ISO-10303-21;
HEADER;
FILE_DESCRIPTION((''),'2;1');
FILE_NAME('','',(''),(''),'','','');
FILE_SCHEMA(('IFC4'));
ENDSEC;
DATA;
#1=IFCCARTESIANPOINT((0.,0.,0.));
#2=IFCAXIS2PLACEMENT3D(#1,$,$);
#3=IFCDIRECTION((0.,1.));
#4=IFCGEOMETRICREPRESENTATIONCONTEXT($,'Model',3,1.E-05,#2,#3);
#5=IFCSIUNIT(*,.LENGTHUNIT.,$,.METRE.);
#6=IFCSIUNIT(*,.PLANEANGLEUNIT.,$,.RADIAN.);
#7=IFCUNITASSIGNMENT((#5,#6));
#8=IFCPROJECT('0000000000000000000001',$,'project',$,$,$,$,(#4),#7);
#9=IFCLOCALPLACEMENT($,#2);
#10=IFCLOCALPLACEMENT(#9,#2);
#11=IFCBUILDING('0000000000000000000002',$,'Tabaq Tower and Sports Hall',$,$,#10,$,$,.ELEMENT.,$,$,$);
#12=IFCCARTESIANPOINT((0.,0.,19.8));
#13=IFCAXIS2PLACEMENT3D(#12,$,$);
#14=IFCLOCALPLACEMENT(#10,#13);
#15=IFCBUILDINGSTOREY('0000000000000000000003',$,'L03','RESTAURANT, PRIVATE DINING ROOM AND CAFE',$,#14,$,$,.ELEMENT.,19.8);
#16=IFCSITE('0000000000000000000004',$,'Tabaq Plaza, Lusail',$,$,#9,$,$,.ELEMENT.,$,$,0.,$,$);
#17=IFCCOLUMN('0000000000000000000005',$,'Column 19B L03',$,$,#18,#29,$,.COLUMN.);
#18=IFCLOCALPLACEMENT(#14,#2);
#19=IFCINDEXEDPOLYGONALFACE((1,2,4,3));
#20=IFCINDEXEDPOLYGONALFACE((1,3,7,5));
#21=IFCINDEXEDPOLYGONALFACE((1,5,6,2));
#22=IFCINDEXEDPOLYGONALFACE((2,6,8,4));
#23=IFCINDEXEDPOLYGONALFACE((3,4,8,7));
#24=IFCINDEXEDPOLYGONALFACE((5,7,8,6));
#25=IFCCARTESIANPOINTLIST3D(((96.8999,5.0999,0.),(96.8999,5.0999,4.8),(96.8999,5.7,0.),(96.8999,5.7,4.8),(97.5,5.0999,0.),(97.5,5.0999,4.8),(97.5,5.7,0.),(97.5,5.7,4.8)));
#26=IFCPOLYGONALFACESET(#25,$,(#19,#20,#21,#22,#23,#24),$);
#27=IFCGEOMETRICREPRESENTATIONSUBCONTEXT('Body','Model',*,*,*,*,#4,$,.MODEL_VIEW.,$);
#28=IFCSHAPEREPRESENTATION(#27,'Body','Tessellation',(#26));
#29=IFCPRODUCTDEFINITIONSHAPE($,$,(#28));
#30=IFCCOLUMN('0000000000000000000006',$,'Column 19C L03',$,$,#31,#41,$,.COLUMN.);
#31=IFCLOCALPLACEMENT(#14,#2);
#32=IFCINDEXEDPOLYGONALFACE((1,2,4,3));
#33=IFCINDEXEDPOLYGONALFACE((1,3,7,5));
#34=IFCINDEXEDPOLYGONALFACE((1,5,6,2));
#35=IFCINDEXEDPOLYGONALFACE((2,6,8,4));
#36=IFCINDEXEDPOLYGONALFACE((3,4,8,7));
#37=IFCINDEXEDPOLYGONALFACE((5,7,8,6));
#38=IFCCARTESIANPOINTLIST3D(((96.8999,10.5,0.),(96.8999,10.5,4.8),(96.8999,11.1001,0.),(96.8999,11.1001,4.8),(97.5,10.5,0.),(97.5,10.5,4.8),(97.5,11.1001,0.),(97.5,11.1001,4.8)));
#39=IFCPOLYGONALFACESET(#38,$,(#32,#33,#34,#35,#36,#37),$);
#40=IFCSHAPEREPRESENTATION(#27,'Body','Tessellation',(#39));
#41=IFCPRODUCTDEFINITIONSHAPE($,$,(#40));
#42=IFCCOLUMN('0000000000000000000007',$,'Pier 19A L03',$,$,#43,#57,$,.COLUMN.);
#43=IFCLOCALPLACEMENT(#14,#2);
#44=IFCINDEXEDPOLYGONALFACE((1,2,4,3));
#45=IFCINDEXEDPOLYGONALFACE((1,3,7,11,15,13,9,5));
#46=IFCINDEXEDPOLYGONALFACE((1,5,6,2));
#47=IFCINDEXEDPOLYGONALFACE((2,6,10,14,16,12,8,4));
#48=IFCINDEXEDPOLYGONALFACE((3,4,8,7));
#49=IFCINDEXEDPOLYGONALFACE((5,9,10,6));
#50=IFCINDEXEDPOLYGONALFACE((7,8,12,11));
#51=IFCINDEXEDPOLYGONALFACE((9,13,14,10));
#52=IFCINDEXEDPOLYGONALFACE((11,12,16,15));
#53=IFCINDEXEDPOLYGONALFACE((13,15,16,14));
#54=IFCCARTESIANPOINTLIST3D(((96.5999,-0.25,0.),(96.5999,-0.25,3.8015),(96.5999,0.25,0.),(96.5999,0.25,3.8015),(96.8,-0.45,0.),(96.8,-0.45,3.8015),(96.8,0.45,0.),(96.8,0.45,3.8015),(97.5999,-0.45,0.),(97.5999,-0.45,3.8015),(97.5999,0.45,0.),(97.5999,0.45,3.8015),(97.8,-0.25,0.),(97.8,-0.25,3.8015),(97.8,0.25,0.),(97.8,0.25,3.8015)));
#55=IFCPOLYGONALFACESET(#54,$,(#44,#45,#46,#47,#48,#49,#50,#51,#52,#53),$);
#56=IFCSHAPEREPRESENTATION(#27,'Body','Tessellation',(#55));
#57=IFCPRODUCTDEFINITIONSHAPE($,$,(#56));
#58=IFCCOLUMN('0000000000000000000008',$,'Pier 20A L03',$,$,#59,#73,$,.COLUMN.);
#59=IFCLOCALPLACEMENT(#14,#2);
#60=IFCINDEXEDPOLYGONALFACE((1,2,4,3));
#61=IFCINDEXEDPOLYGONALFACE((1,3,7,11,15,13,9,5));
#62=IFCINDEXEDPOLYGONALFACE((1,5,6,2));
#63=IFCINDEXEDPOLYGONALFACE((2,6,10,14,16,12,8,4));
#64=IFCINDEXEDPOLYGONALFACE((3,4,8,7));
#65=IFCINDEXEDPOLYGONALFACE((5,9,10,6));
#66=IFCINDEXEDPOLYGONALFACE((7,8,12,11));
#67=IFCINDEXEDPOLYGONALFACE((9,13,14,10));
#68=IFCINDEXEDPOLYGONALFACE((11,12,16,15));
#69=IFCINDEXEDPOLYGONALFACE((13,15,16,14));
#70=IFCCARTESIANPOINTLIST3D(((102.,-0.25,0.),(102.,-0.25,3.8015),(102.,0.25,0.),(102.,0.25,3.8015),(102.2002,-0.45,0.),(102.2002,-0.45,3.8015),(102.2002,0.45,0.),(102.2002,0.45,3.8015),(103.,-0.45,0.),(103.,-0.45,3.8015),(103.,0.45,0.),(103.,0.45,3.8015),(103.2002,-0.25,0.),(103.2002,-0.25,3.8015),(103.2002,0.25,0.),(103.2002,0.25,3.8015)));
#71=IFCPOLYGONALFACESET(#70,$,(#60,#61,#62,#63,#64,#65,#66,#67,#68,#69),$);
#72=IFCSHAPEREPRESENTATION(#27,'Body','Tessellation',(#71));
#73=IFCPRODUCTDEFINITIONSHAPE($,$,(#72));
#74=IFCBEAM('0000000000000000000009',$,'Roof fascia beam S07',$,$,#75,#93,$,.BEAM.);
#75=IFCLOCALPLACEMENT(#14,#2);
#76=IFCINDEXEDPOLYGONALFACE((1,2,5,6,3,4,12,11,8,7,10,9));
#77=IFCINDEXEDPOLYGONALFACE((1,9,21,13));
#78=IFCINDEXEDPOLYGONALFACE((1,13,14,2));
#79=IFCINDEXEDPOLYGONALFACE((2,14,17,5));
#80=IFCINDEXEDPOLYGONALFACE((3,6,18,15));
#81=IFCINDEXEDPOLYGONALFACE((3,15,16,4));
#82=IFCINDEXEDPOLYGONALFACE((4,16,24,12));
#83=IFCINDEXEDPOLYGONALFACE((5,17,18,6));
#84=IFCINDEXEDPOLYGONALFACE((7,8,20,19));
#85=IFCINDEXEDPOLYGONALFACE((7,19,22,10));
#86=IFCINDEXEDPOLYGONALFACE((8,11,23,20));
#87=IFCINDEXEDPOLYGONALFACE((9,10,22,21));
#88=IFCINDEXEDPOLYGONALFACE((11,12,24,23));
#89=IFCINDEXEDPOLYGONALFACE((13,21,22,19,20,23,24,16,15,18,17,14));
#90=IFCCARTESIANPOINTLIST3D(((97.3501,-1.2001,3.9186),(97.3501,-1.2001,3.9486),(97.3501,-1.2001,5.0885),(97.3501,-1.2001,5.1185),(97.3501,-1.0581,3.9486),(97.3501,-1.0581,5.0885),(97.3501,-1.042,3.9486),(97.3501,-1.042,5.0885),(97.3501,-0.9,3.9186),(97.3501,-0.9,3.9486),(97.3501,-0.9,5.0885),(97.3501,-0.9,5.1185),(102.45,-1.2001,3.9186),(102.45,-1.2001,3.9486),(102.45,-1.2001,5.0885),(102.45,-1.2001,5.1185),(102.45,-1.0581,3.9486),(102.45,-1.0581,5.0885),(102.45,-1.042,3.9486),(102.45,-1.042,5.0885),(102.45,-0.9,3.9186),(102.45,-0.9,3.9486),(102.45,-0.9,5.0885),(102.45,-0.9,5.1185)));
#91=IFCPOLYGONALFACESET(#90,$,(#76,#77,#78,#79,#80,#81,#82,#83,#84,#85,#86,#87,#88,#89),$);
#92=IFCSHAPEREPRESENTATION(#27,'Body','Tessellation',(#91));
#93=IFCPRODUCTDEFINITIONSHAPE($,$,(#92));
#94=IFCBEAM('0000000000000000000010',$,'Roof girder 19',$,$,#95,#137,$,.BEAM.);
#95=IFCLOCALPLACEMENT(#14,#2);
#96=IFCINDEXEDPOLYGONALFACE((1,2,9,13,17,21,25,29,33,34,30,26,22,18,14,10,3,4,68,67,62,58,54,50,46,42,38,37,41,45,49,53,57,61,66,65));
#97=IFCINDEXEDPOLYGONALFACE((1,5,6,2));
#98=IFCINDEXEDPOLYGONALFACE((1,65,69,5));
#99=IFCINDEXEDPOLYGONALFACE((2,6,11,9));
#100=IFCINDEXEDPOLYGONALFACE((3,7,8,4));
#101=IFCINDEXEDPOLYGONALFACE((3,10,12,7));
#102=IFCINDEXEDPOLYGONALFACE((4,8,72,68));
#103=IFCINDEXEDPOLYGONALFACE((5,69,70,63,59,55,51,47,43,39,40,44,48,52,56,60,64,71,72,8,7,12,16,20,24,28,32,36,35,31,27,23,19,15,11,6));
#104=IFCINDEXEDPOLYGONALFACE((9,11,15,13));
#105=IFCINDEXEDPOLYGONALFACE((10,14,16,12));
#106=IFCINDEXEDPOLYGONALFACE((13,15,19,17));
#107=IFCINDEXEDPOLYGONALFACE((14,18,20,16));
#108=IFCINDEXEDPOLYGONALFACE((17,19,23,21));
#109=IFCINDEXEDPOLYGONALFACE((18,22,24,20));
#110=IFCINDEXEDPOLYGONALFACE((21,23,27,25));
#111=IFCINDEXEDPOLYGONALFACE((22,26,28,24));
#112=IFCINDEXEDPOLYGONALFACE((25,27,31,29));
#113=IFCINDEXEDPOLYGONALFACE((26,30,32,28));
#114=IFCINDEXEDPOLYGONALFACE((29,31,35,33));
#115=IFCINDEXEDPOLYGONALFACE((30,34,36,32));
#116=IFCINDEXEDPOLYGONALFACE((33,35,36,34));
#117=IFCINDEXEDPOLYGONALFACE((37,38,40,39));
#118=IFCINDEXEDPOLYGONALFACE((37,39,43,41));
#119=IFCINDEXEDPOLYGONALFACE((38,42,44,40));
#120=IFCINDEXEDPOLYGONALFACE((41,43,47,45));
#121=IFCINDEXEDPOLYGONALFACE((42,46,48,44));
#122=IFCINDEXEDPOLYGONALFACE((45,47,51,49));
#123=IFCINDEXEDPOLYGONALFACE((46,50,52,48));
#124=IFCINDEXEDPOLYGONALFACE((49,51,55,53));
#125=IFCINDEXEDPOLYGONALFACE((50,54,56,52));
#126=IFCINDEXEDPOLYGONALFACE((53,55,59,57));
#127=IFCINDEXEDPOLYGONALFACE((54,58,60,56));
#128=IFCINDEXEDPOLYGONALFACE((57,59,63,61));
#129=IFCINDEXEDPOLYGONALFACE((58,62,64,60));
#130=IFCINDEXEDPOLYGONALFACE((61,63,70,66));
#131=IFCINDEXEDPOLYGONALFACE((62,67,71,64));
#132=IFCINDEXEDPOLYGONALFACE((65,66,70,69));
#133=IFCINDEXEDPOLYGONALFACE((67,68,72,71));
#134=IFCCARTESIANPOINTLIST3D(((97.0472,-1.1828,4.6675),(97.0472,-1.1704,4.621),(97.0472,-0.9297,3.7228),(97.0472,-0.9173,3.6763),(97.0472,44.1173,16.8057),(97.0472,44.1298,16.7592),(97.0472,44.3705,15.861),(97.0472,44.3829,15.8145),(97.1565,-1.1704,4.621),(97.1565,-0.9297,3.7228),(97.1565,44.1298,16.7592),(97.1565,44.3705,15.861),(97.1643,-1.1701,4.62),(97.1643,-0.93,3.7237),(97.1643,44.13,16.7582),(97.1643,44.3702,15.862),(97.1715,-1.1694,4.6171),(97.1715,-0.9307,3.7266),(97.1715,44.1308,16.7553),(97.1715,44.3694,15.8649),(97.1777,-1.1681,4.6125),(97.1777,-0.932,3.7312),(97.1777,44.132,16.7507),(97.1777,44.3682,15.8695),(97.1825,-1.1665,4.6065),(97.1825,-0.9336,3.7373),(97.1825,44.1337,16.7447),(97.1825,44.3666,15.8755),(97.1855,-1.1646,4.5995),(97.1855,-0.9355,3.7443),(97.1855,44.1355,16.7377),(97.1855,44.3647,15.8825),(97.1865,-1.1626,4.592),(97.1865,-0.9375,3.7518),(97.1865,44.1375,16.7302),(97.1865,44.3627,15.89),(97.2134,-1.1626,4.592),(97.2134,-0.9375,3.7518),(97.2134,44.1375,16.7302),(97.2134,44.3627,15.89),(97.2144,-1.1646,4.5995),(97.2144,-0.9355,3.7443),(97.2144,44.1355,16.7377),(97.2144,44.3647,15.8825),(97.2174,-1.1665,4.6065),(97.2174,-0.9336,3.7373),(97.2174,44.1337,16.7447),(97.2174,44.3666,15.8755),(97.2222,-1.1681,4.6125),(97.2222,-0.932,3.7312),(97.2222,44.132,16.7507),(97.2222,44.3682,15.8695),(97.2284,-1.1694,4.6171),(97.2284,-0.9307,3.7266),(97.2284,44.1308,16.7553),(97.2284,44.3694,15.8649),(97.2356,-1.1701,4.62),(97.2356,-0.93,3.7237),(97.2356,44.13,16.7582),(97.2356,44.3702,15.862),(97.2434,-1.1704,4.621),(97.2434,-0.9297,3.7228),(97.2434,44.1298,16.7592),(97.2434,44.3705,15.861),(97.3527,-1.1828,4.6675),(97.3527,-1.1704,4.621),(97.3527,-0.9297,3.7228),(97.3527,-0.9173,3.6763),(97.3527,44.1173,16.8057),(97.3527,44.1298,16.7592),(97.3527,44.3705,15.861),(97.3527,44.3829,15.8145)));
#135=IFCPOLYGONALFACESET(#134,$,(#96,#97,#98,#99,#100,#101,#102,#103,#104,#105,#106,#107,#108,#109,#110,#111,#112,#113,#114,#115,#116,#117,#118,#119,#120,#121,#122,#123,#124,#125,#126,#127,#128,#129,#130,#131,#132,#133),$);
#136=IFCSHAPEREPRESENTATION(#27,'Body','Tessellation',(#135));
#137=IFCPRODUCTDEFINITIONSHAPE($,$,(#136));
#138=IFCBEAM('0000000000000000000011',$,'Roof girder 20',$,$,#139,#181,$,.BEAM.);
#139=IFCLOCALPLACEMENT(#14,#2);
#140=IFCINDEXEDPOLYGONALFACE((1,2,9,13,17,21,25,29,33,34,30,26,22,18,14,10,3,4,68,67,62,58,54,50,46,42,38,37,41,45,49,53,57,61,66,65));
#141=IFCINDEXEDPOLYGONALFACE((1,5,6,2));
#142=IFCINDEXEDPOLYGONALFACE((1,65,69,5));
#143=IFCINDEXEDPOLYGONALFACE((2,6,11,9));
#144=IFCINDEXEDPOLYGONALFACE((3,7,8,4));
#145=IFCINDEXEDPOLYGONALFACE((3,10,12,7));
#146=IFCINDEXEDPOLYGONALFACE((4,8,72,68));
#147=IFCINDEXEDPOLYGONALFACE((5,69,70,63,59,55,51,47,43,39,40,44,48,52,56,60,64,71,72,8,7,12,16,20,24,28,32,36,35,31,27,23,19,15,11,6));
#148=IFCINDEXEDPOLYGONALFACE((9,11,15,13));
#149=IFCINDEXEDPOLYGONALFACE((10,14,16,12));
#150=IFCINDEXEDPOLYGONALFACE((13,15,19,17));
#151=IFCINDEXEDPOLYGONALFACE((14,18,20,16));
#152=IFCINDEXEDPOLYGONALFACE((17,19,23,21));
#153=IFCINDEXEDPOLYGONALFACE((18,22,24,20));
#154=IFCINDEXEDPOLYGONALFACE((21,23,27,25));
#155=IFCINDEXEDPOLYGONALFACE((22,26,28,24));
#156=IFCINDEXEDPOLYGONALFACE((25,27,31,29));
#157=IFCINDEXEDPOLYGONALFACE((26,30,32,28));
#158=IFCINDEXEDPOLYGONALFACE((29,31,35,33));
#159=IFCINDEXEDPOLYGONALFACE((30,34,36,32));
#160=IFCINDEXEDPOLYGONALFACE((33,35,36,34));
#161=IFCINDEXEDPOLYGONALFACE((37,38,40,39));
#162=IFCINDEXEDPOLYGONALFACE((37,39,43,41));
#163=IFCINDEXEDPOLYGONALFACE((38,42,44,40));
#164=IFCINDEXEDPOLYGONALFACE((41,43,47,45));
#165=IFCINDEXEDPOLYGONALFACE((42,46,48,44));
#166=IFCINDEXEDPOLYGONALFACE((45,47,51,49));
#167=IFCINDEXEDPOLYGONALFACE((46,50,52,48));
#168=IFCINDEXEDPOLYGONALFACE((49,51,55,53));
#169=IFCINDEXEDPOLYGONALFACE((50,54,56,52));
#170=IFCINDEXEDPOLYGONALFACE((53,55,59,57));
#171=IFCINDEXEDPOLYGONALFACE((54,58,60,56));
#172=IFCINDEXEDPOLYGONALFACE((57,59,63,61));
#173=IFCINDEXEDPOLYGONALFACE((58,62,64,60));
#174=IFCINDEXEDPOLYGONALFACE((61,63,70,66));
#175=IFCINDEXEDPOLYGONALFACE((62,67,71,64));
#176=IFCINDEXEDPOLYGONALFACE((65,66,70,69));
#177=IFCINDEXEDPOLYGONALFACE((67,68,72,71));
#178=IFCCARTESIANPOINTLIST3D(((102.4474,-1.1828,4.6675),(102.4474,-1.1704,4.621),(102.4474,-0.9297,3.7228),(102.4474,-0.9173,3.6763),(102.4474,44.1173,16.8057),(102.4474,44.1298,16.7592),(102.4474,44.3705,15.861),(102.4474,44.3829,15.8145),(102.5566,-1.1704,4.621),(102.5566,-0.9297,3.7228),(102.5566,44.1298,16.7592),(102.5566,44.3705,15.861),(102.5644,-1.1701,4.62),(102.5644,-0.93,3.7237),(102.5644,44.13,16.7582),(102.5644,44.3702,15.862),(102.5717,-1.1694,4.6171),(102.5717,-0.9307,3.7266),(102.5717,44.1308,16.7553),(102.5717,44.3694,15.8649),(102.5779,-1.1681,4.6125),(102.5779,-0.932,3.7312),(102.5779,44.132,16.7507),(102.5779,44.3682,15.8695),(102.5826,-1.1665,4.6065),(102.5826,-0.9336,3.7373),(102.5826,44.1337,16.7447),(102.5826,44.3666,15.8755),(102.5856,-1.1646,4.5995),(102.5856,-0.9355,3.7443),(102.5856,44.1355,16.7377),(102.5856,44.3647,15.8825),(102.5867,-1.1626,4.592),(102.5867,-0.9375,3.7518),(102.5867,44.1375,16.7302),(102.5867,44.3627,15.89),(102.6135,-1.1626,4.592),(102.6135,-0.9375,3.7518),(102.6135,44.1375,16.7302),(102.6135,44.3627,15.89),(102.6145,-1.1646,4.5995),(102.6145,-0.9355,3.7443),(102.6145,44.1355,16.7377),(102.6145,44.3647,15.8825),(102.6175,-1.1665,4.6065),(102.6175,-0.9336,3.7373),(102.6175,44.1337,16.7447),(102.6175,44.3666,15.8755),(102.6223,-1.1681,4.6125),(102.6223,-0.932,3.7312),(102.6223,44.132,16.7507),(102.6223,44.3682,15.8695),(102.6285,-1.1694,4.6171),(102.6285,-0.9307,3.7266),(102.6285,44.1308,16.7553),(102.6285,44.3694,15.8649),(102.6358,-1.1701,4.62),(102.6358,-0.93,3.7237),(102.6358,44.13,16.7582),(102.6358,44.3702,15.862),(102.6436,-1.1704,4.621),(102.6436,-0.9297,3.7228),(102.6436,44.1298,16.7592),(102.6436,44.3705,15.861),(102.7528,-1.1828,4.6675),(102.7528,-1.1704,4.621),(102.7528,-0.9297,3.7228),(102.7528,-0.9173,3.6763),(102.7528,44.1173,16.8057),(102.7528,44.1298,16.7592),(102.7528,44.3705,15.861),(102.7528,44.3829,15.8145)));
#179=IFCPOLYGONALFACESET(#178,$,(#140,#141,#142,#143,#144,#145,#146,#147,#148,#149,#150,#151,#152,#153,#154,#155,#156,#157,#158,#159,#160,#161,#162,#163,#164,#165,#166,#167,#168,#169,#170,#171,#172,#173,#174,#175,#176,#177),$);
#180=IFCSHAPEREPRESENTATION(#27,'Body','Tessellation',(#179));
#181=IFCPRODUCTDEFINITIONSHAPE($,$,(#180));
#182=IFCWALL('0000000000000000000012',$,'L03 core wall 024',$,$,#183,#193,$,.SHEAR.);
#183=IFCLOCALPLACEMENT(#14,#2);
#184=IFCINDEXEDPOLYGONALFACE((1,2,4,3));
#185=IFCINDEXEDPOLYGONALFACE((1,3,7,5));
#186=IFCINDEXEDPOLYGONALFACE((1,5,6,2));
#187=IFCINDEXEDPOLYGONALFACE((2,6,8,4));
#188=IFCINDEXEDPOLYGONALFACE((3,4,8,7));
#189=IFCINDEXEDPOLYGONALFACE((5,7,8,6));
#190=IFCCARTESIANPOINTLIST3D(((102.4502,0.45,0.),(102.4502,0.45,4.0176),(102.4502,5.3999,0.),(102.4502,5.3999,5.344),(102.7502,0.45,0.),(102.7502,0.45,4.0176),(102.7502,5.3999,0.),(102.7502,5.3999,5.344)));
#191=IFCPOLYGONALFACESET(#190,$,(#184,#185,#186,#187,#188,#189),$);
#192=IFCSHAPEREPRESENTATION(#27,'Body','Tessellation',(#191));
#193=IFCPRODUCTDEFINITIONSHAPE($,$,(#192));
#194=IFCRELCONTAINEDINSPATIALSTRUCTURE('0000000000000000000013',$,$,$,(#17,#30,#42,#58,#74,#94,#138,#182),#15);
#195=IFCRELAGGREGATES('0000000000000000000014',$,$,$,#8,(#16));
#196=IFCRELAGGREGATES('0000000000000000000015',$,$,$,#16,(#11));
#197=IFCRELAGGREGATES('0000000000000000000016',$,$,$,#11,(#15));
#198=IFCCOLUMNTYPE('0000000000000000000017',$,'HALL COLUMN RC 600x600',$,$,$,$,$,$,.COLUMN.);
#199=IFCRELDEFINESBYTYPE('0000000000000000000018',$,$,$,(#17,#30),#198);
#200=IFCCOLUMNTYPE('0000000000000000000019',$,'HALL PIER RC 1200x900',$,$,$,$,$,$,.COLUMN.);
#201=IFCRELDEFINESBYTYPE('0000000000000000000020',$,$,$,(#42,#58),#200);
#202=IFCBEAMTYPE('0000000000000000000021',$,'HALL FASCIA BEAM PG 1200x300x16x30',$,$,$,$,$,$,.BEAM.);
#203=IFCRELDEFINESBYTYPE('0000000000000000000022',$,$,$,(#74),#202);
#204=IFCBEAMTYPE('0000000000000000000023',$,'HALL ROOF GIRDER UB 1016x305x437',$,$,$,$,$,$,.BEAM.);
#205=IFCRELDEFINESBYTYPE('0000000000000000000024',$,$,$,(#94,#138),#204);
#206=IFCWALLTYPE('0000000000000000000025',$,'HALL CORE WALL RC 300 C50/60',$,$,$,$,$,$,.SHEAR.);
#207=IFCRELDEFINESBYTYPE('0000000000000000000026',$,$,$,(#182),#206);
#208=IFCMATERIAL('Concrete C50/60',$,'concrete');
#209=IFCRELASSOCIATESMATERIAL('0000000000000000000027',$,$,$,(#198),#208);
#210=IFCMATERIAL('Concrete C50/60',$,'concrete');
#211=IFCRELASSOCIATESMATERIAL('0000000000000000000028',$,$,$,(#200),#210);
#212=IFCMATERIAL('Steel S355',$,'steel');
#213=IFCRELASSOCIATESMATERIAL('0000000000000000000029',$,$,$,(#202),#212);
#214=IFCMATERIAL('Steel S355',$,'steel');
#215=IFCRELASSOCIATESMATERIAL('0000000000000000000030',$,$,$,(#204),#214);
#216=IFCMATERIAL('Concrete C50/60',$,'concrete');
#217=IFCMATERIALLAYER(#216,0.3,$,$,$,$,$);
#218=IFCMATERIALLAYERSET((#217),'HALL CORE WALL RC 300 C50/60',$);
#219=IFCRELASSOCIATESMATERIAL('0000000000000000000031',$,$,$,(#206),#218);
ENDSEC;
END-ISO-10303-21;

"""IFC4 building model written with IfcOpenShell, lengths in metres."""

from ifc_helpers import new_model, si_unit, direction, frame, origin, origin_2d, place, context, subcontext, project, spatial, polyline, rectangle, i_section, outline, extrude, material, layer, layer_set, material_profile, profile_set, type_object, element, save


model = new_model("IFC4")

# Units and contexts
model_context = context("Model", 3, precision=1e-05, world=origin(), true_north=direction((0.0, 1.0)))
body_context = subcontext(model_context, "Body", "Model", "MODEL_VIEW")
ifc_project = project(units=[si_unit("LENGTHUNIT", "METRE"), si_unit("PLANEANGLEUNIT", "RADIAN")], contexts=[model_context])

# Site, building, storey
site_placement = place(None, origin())
site = spatial("IfcSite", under=ifc_project, at=site_placement, Name="Tabaq Plaza, Lusail", CompositionType="ELEMENT", RefElevation=0.0)
building_placement = place(site_placement, origin())
building = spatial("IfcBuilding", under=site, at=building_placement, Name="Tabaq Tower and Sports Hall", CompositionType="ELEMENT")
storey_placement = place(building_placement, frame((0.0, 0.0, 19.8)))
storey = spatial("IfcBuildingStorey", under=building, at=storey_placement, Name="L03", Description="RESTAURANT, PRIVATE DINING ROOM AND CAFE", CompositionType="ELEMENT", Elevation=19.8)

# Columns
ifc_material_1 = material(Name="Concrete C50/60", Category="concrete")
ifc_material_profile_1 = material_profile(ifc_material_1, rectangle(XDim=0.6001, YDim=0.6001, at=origin_2d()), Name="RC 600x600")
ifc_profile_set_1 = profile_set([ifc_material_profile_1], Name="Concrete C50/60")
column_type_1 = type_object("IfcColumnType", Name="HALL COLUMN RC 600x600", PredefinedType="COLUMN", material=ifc_profile_set_1)
for number, where, z_axis, x_axis, name in (
    (1, (97.2, 5.3999, 0.0), (0.0, 0.0, 1.0), (1.0, 0.0, 0.0), "Column 19B L03"),
    (2, (97.2, 10.8, 0.0), (0.0, 0.0, 1.0), (1.0, 0.0, 0.0), "Column 19C L03"),
):
    element("IfcColumn", number, at=place(storey_placement, frame(where, z_axis=z_axis, x_axis=x_axis)), inside=storey, type_object=column_type_1, Name=name, PredefinedType="COLUMN", context=body_context, shape_type="SweptSolid", body=[
        extrude(rectangle(XDim=0.6001, YDim=0.6001, at=origin_2d()), origin(), (0.0, 0.0, 1.0), 4.8),
    ])
ifc_material_2 = material(Name="Concrete C50/60", Category="concrete")
ifc_material_profile_2 = material_profile(ifc_material_2, outline(polyline([(-0.3999, -0.45), (0.3999, -0.45), (0.6001, -0.25), (0.6001, 0.25), (0.3999, 0.45), (-0.3999, 0.45), (-0.6001, 0.25), (-0.6001, -0.25), (-0.3999, -0.45)])), Name="PIER 1200x900")
ifc_profile_set_2 = profile_set([ifc_material_profile_2], Name="Concrete C50/60")
column_type_2 = type_object("IfcColumnType", Name="HALL PIER RC 1200x900", PredefinedType="COLUMN", material=ifc_profile_set_2)
for number, where, z_axis, x_axis, name in (
    (3, (97.2, 0.0, 0.0), (0.0, 0.0, 1.0), (1.0, 0.0, 0.0), "Pier 19A L03"),
    (4, (102.6001, 0.0, 0.0), (0.0, 0.0, 1.0), (1.0, 0.0, 0.0), "Pier 20A L03"),
):
    element("IfcColumn", number, at=place(storey_placement, frame(where, z_axis=z_axis, x_axis=x_axis)), inside=storey, type_object=column_type_2, Name=name, PredefinedType="COLUMN", context=body_context, shape_type="SweptSolid", body=[
        extrude(outline(polyline([(-0.3999, -0.45), (0.3999, -0.45), (0.6001, -0.25), (0.6001, 0.25), (0.3999, 0.45), (-0.3999, 0.45), (-0.6001, 0.25), (-0.6001, -0.25), (-0.3999, -0.45)])), origin(), (0.0, 0.0, 1.0), 3.8015),
    ])

# Beams
ifc_material_3 = material(Name="Steel S355", Category="steel")
ifc_material_profile_3 = material_profile(ifc_material_3, i_section(OverallWidth=0.3, OverallDepth=1.2, WebThickness=0.0161, FlangeThickness=0.03, at=origin_2d()), Name="PG 1200x300x16x30")
ifc_profile_set_3 = profile_set([ifc_material_profile_3], Name="Steel S355")
beam_type_1 = type_object("IfcBeamType", Name="HALL FASCIA BEAM PG 1200x300x16x30", PredefinedType="BEAM", material=ifc_profile_set_3)
beam_placement = place(storey_placement, frame((97.3501, -1.05, 4.5186), z_axis=(1.0, 0.0, 0.0), x_axis=(0.0, 1.0, 0.0)))
element("IfcBeam", 5, at=beam_placement, inside=storey, type_object=beam_type_1, Name="Roof fascia beam S07", PredefinedType="BEAM", context=body_context, shape_type="SweptSolid", body=[
    extrude(i_section(OverallWidth=0.3, OverallDepth=1.2, WebThickness=0.0161, FlangeThickness=0.03, at=origin_2d()), origin(), (0.0, 0.0, 1.0), 5.0999),
])
ifc_material_4 = material(Name="Steel S355", Category="steel")
ifc_material_profile_4 = material_profile(ifc_material_4, i_section(OverallWidth=0.3054, OverallDepth=1.0261, WebThickness=0.0269, FlangeThickness=0.0481, FilletRadius=0.03, at=origin_2d()), Name="UB 1016x305x437")
ifc_profile_set_4 = profile_set([ifc_material_profile_4], Name="Steel S355")
beam_type_2 = type_object("IfcBeamType", Name="HALL ROOF GIRDER UB 1016x305x437", PredefinedType="BEAM", material=ifc_profile_set_4)
for number, where, z_axis, x_axis, name in (
    (6, (97.2, -1.05, 4.1719), (0.0, 0.965925, 0.25882), (-1.0, 0.0, 0.0), "Roof girder 19"),
    (7, (102.6001, -1.05, 4.1719), (0.0, 0.965925, 0.25882), (-1.0, 0.0, 0.0), "Roof girder 20"),
):
    element("IfcBeam", number, at=place(storey_placement, frame(where, z_axis=z_axis, x_axis=x_axis)), inside=storey, type_object=beam_type_2, Name=name, PredefinedType="BEAM", context=body_context, shape_type="SweptSolid", body=[
        extrude(i_section(OverallWidth=0.3054, OverallDepth=1.0261, WebThickness=0.0269, FlangeThickness=0.0481, FilletRadius=0.03, at=origin_2d()), origin(), (0.0, 0.0, 1.0), 46.8982),
    ])

# Wall
ifc_material_5 = material(Name="Concrete C50/60", Category="concrete")
ifc_layer_1 = layer(ifc_material_5, 0.3)
ifc_layer_set_1 = layer_set([ifc_layer_1], Name="HALL CORE WALL RC 300 C50/60")
wall_type_1 = type_object("IfcWallType", Name="HALL CORE WALL RC 300 C50/60", PredefinedType="SHEAR", material=ifc_layer_set_1)
wall_1_placement = place(storey_placement, frame((102.6001, 0.45, 0.0), z_axis=(0.0, 0.0, 1.0), x_axis=(0.0, 1.0, 0.0)))
element("IfcWall", 8, at=wall_1_placement, inside=storey, type_object=wall_type_1, Name="L03 core wall 024", PredefinedType="SHEAR", context=body_context, shape_type="SweptSolid", body=[
    extrude(outline(polyline([(0.0, 0.0), (4.95, 0.0), (4.95, 5.344), (0.0, 4.0176), (0.0, 0.0)])), frame((0.0, 0.1499, 0.0), z_axis=(0.0, -1.0, 0.0), x_axis=(1.0, 0.0, 0.0)), (0.0, 0.0, 1.0), 0.3),
])

save(model, "model.ifc")
